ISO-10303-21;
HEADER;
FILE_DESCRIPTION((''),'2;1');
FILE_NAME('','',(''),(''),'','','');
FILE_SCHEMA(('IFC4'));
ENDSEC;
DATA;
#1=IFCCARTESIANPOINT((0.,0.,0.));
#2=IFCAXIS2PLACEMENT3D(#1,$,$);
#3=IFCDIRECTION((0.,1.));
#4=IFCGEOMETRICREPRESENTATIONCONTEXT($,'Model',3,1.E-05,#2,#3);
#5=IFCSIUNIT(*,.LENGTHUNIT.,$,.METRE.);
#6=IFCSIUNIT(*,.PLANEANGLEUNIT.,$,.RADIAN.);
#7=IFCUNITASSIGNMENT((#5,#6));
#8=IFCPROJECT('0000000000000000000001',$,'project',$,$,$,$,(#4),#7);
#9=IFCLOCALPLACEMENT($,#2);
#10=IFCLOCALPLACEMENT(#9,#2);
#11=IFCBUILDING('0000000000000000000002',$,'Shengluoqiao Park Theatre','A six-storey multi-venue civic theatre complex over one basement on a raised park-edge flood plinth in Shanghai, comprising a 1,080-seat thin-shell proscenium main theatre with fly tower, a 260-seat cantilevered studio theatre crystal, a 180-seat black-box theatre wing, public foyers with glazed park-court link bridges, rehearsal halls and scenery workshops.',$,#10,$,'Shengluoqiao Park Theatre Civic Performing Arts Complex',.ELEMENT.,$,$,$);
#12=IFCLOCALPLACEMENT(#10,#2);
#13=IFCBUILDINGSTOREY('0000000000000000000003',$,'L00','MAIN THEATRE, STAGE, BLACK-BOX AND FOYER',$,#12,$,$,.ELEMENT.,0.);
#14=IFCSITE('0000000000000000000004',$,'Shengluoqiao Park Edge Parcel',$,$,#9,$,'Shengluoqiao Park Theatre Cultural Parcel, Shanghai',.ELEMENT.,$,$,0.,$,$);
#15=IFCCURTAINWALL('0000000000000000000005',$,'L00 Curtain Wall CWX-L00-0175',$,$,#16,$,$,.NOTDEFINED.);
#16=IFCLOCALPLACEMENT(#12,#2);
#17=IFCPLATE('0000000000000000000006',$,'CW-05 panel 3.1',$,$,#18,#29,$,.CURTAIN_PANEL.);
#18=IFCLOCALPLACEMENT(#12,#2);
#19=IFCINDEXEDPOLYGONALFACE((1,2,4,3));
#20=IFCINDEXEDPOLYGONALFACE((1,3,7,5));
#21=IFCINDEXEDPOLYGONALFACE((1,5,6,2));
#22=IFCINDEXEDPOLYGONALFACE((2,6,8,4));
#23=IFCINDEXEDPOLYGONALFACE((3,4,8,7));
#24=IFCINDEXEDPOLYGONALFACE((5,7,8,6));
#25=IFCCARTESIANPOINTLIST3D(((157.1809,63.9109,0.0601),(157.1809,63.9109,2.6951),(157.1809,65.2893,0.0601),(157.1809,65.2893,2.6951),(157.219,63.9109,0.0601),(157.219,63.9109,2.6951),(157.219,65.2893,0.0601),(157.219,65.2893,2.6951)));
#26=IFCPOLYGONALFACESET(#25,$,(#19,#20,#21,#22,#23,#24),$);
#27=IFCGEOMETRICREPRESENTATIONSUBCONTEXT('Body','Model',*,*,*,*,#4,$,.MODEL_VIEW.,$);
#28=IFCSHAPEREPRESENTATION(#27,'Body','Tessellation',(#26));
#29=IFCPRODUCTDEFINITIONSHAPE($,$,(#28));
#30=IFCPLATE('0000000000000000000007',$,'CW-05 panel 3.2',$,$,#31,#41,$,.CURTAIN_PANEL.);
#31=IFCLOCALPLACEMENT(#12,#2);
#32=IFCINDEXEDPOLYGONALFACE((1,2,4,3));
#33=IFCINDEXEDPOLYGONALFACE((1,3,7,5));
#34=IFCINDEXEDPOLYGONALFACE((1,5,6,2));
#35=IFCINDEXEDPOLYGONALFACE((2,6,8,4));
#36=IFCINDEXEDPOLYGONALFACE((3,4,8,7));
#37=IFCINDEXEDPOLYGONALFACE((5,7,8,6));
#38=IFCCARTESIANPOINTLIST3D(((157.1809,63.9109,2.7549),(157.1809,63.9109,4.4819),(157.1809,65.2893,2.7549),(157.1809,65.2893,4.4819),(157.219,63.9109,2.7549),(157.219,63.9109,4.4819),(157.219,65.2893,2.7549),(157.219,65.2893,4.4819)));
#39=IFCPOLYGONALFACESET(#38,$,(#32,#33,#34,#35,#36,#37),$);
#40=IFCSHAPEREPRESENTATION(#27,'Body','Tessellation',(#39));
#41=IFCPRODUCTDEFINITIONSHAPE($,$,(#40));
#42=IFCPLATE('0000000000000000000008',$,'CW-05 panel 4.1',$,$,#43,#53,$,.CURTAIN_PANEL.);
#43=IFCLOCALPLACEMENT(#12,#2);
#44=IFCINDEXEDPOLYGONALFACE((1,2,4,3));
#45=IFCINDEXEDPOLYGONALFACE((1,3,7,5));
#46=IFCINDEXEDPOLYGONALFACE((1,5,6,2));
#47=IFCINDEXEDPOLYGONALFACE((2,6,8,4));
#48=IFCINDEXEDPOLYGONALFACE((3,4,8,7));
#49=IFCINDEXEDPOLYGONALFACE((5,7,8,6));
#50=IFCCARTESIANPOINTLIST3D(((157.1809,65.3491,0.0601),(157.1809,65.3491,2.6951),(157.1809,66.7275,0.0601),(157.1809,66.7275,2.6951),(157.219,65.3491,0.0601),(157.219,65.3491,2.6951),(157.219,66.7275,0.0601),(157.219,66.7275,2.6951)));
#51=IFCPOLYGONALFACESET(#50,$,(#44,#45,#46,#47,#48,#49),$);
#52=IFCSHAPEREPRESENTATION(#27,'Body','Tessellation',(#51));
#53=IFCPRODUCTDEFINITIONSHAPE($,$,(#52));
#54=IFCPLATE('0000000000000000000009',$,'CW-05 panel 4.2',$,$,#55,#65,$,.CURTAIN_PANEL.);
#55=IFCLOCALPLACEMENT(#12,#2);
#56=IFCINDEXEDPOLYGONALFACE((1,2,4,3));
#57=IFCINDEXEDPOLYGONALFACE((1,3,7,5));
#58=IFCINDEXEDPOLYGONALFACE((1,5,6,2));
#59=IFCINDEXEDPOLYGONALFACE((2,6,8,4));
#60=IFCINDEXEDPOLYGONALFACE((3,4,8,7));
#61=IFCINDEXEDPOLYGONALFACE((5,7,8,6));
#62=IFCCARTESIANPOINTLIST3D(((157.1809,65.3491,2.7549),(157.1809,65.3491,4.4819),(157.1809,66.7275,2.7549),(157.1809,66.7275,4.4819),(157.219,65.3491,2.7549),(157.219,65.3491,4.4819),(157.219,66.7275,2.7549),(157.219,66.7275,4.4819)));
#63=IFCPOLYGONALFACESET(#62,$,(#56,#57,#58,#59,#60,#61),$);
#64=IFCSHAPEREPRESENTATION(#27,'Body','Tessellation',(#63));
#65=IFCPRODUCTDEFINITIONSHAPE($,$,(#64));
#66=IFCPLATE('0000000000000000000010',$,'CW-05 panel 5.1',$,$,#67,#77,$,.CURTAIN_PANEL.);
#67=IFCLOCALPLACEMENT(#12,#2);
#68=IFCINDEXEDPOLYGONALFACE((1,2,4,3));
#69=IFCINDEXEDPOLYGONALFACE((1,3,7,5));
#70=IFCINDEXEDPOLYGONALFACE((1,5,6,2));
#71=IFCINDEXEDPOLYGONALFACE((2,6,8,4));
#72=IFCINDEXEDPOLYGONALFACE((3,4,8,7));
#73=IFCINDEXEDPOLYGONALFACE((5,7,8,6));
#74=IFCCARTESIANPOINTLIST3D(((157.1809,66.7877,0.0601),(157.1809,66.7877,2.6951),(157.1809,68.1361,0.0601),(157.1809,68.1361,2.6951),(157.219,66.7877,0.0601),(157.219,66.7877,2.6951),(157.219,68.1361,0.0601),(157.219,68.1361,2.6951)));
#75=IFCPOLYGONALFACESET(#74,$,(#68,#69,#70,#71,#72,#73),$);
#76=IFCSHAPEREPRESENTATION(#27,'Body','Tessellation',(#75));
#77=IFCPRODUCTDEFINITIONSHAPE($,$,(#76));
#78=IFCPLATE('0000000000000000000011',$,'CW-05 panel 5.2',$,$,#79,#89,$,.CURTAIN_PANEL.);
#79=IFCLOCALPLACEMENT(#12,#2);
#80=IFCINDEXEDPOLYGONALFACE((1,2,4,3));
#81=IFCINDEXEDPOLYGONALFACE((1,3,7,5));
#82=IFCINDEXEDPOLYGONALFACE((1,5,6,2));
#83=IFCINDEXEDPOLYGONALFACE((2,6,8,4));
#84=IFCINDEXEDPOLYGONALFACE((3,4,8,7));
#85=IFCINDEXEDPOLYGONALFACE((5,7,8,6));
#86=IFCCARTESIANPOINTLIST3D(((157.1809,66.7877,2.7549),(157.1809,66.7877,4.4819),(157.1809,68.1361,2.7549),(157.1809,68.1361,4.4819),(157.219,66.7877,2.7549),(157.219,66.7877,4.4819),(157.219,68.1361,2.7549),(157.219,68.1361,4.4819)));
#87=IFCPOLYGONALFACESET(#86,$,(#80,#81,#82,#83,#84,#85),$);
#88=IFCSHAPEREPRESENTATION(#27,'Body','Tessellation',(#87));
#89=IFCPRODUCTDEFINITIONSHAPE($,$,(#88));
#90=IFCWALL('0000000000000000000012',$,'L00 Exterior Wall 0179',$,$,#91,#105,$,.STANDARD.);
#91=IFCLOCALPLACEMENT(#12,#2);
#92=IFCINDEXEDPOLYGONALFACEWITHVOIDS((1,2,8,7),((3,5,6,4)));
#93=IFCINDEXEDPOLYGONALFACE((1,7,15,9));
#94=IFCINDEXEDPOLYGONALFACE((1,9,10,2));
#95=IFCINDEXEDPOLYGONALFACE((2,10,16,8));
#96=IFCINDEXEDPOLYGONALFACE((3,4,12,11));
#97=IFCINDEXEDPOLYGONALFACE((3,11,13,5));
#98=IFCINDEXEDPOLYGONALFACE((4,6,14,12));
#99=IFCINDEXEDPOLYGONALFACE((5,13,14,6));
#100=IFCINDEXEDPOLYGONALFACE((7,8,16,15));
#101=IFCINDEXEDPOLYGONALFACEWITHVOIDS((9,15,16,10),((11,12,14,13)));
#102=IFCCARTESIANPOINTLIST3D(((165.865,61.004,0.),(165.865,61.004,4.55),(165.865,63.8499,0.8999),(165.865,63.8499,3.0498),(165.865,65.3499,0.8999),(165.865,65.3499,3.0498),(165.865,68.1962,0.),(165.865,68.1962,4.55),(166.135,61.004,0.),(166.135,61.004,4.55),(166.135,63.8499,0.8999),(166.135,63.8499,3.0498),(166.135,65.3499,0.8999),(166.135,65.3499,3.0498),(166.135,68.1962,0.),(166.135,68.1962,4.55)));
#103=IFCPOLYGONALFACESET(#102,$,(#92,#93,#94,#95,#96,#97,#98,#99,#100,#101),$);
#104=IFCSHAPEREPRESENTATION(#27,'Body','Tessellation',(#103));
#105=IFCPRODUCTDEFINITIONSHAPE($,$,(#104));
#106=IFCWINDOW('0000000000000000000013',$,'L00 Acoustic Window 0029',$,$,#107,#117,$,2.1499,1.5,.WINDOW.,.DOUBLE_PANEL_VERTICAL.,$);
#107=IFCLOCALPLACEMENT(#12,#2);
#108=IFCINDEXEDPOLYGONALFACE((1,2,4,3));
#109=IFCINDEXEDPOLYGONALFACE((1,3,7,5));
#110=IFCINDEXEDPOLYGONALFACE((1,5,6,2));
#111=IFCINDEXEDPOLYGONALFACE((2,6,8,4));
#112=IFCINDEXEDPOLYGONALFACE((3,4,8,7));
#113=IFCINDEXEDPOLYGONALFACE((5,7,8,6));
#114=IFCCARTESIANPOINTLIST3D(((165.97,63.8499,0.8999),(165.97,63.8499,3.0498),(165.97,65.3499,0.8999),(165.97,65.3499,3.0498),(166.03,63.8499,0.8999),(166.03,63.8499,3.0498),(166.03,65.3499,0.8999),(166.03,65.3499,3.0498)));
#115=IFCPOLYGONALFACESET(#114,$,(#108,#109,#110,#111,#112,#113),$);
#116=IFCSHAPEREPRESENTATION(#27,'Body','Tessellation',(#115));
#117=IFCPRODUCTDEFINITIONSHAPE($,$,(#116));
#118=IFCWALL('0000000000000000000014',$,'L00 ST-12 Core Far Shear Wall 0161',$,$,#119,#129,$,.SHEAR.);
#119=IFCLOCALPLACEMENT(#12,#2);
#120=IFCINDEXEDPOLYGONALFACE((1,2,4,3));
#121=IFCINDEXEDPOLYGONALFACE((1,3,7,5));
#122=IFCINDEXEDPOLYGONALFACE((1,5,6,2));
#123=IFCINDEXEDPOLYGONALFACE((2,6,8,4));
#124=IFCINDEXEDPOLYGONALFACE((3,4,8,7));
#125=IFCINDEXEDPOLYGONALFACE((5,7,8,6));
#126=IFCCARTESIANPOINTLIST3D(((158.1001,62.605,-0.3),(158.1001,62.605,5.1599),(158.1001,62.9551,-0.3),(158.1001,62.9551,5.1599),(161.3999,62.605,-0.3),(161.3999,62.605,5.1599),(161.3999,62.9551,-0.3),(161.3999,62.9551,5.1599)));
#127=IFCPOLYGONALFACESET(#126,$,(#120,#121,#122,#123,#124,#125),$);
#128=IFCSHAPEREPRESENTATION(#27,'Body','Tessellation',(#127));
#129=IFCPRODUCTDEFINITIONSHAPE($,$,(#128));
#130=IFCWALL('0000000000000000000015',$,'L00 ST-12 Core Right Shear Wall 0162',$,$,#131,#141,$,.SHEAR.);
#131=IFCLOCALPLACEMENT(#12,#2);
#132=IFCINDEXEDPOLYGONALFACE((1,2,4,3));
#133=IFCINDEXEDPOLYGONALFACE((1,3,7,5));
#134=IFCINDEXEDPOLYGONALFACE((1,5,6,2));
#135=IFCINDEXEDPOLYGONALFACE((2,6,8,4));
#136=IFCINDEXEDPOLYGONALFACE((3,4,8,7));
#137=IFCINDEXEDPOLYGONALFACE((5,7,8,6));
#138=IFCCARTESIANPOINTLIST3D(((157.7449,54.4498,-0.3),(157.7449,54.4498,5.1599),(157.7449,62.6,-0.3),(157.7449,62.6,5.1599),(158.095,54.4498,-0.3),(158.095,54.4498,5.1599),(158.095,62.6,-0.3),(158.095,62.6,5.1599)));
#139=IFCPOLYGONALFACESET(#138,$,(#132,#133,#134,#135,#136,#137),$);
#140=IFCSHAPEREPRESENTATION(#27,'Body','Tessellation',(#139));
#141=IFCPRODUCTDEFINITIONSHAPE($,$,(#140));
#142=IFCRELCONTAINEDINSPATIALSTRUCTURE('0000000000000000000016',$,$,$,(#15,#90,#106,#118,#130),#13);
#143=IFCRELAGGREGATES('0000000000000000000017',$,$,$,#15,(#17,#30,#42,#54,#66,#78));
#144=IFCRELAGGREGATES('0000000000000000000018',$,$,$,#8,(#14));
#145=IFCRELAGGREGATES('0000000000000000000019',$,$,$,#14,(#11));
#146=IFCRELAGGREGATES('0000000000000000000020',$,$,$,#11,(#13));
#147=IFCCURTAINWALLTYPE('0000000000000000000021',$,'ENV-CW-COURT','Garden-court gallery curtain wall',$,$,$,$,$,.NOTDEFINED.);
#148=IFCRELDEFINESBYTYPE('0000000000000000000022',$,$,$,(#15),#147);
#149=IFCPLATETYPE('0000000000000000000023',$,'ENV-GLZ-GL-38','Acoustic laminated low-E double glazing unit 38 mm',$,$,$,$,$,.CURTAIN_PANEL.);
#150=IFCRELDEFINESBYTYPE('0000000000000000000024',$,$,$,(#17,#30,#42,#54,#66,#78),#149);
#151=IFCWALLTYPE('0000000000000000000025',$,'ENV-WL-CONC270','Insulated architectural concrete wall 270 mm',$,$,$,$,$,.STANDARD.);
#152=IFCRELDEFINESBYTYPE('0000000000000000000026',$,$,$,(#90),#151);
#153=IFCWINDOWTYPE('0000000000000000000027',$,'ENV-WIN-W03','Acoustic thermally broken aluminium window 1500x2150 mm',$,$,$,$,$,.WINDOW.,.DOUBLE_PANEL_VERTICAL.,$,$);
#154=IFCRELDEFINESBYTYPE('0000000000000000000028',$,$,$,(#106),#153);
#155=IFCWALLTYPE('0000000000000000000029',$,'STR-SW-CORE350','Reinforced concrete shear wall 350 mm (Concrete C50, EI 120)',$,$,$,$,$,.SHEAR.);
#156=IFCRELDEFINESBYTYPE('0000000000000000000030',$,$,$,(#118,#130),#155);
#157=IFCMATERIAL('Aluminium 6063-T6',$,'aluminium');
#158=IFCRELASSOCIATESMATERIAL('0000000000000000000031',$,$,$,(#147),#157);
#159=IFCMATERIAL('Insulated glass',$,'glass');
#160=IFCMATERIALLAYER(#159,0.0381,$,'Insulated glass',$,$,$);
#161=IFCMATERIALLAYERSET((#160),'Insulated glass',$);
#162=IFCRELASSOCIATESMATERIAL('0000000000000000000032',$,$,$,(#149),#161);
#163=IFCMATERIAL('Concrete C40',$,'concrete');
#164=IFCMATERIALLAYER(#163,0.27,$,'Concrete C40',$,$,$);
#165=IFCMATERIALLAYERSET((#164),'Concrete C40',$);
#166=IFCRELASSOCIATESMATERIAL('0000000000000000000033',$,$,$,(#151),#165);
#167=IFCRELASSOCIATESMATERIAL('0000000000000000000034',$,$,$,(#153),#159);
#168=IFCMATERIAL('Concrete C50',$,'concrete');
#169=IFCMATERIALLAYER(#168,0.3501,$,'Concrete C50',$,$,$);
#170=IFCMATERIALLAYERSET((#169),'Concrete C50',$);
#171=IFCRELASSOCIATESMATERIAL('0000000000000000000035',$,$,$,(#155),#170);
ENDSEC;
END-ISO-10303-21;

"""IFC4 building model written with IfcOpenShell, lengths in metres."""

from ifc_helpers import new_model, si_unit, direction, frame, frame_2d, origin, origin_2d, place, context, subcontext, project, spatial, rectangle, extrude, material, layer, layer_set, type_object, element, fill, aggregate, save


model = new_model("IFC4")

# Units and contexts
model_context = context("Model", 3, precision=1e-05, world=origin(), true_north=direction((0.0, 1.0)))
body_context = subcontext(model_context, "Body", "Model", "MODEL_VIEW")
ifc_project = project(units=[si_unit("LENGTHUNIT", "METRE"), si_unit("PLANEANGLEUNIT", "RADIAN")], contexts=[model_context])

# Site, building, storey
site_placement = place(None, origin())
site = spatial("IfcSite", under=ifc_project, at=site_placement, Name="Shengluoqiao Park Edge Parcel", LongName="Shengluoqiao Park Theatre Cultural Parcel, Shanghai", CompositionType="ELEMENT", RefElevation=0.0)
building_placement = place(site_placement, origin())
building = spatial("IfcBuilding", under=site, at=building_placement, Name="Shengluoqiao Park Theatre", Description="A six-storey multi-venue civic theatre complex over one basement on a raised park-edge flood plinth in Shanghai, comprising a 1,080-seat thin-shell proscenium main theatre with fly tower, a 260-seat cantilevered studio theatre crystal, a 180-seat black-box theatre wing, public foyers with glazed park-court link bridges, rehearsal halls and scenery workshops.", LongName="Shengluoqiao Park Theatre Civic Performing Arts Complex", CompositionType="ELEMENT")
storey_placement = place(building_placement, origin())
storey = spatial("IfcBuildingStorey", under=building, at=storey_placement, Name="L00", Description="MAIN THEATRE, STAGE, BLACK-BOX AND FOYER", CompositionType="ELEMENT", Elevation=0.0)

# Shared definitions
ifc_material_1 = material(Name="Concrete C40", Category="concrete")

# Curtain wall, plates
ifc_material_2 = material(Name="Aluminium 6063-T6", Category="aluminium")
curtain_wall_type = type_object("IfcCurtainWallType", Name="ENV-CW-COURT", Description="Garden-court gallery curtain wall", PredefinedType="NOTDEFINED", material=ifc_material_2)
curtain_wall_placement = place(storey_placement, origin())
curtain_wall = element("IfcCurtainWall", 1, at=curtain_wall_placement, inside=storey, type_object=curtain_wall_type, Name="L00 Curtain Wall CWX-L00-0175", PredefinedType="NOTDEFINED")
ifc_material_3 = material(Name="Insulated glass", Category="glass")
ifc_layer_1 = layer(ifc_material_3, 0.0381, Name="Insulated glass")
ifc_layer_set_1 = layer_set([ifc_layer_1], Name="Insulated glass")
plate_type = type_object("IfcPlateType", Name="ENV-GLZ-GL-38", Description="Acoustic laminated low-E double glazing unit 38 mm", PredefinedType="CURTAIN_PANEL", material=ifc_layer_set_1)
plate_1_placement = place(storey_placement, frame((157.2, 64.6001, 0.0601), z_axis=(0.0, 0.0, 1.0), x_axis=(0.0, 1.0, 0.0)))
plate_1 = element("IfcPlate", 2, at=plate_1_placement, type_object=plate_type, Name="CW-05 panel 3.1", PredefinedType="CURTAIN_PANEL", context=body_context, shape_type="SweptSolid", body=[
    extrude(rectangle(XDim=1.3784, YDim=0.0381, at=origin_2d()), origin(), (0.0, 0.0, 1.0), 2.635),
])
plate_2_placement = place(storey_placement, frame((157.2, 64.6001, 2.7549), z_axis=(0.0, 0.0, 1.0), x_axis=(0.0, 1.0, 0.0)))
plate_2 = element("IfcPlate", 3, at=plate_2_placement, type_object=plate_type, Name="CW-05 panel 3.2", PredefinedType="CURTAIN_PANEL", context=body_context, shape_type="SweptSolid", body=[
    extrude(rectangle(XDim=1.3784, YDim=0.0381, at=origin_2d()), origin(), (0.0, 0.0, 1.0), 1.7271),
])
plate_3_placement = place(storey_placement, frame((157.2, 66.0383, 0.0601), z_axis=(0.0, 0.0, 1.0), x_axis=(0.0, 1.0, 0.0)))
plate_3 = element("IfcPlate", 4, at=plate_3_placement, type_object=plate_type, Name="CW-05 panel 4.1", PredefinedType="CURTAIN_PANEL", context=body_context, shape_type="SweptSolid", body=[
    extrude(rectangle(XDim=1.3784, YDim=0.0381, at=origin_2d()), origin(), (0.0, 0.0, 1.0), 2.635),
])
plate_4_placement = place(storey_placement, frame((157.2, 66.0383, 2.7549), z_axis=(0.0, 0.0, 1.0), x_axis=(0.0, 1.0, 0.0)))
plate_4 = element("IfcPlate", 5, at=plate_4_placement, type_object=plate_type, Name="CW-05 panel 4.2", PredefinedType="CURTAIN_PANEL", context=body_context, shape_type="SweptSolid", body=[
    extrude(rectangle(XDim=1.3784, YDim=0.0381, at=origin_2d()), origin(), (0.0, 0.0, 1.0), 1.7271),
])
plate_5_placement = place(storey_placement, frame((157.2, 67.4619, 0.0601), z_axis=(0.0, 0.0, 1.0), x_axis=(0.0, 1.0, 0.0)))
plate_5 = element("IfcPlate", 6, at=plate_5_placement, type_object=plate_type, Name="CW-05 panel 5.1", PredefinedType="CURTAIN_PANEL", context=body_context, shape_type="SweptSolid", body=[
    extrude(rectangle(XDim=1.3484, YDim=0.0381, at=origin_2d()), origin(), (0.0, 0.0, 1.0), 2.635),
])
plate_6_placement = place(storey_placement, frame((157.2, 67.4619, 2.7549), z_axis=(0.0, 0.0, 1.0), x_axis=(0.0, 1.0, 0.0)))
plate_6 = element("IfcPlate", 7, at=plate_6_placement, type_object=plate_type, Name="CW-05 panel 5.2", PredefinedType="CURTAIN_PANEL", context=body_context, shape_type="SweptSolid", body=[
    extrude(rectangle(XDim=1.3484, YDim=0.0381, at=origin_2d()), origin(), (0.0, 0.0, 1.0), 1.7271),
])
aggregate(curtain_wall, [plate_1, plate_2, plate_3, plate_4, plate_5, plate_6])

# Wall, opening, window
ifc_layer_2 = layer(ifc_material_1, 0.27, Name="Concrete C40")
ifc_layer_set_2 = layer_set([ifc_layer_2], Name="Concrete C40")
wall_type_1 = type_object("IfcWallType", Name="ENV-WL-CONC270", Description="Insulated architectural concrete wall 270 mm", PredefinedType="STANDARD", material=ifc_layer_set_2)
wall_1_placement = place(storey_placement, frame((166.0, 61.0039, 0.0), z_axis=(0.0, 0.0, 1.0), x_axis=(0.0, 1.0, 0.0)))
wall_1 = element("IfcWall", 8, at=wall_1_placement, inside=storey, type_object=wall_type_1, Name="L00 Exterior Wall 0179", PredefinedType="STANDARD", context=body_context, shape_type="SweptSolid", body=[
    extrude(rectangle(XDim=7.1921, YDim=0.27, at=frame_2d((3.5962, 0.0))), origin(), (0.0, 0.0, 1.0), 4.55),
])
opening_placement = place(wall_1_placement, frame((2.8459, 0.0, 0.8999)))
opening = element("IfcOpeningElement", 9, at=opening_placement, cuts=wall_1, PredefinedType="OPENING", context=body_context, shape_type="SweptSolid", body=[
    extrude(rectangle(XDim=1.5, YDim=2.1499, at=frame_2d((0.75, 1.075))), frame((0.0, 0.145, 0.0), z_axis=(0.0, -1.0, 0.0), x_axis=(1.0, 0.0, 0.0)), (0.0, 0.0, 1.0), 0.29),
])
window_type = type_object("IfcWindowType", Name="ENV-WIN-W03", Description="Acoustic thermally broken aluminium window 1500x2150 mm", PartitioningType="DOUBLE_PANEL_VERTICAL", PredefinedType="WINDOW", material=ifc_material_3)
window_placement = place(opening_placement, origin())
window = element("IfcWindow", 10, at=window_placement, inside=storey, type_object=window_type, Name="L00 Acoustic Window 0029", OverallHeight=2.1499, OverallWidth=1.5, PartitioningType="DOUBLE_PANEL_VERTICAL", PredefinedType="WINDOW", context=body_context, shape_type="SweptSolid", body=[
    extrude(rectangle(XDim=1.5, YDim=2.1499, at=frame_2d((0.75, 1.075))), frame((0.0, 0.03, 0.0), z_axis=(0.0, -1.0, 0.0), x_axis=(1.0, 0.0, 0.0)), (0.0, 0.0, 1.0), 0.0601),
])
fill(opening, window)

# Walls
ifc_material_4 = material(Name="Concrete C50", Category="concrete")
ifc_layer_3 = layer(ifc_material_4, 0.3501, Name="Concrete C50")
ifc_layer_set_3 = layer_set([ifc_layer_3], Name="Concrete C50")
wall_type_2 = type_object("IfcWallType", Name="STR-SW-CORE350", Description="Reinforced concrete shear wall 350 mm (Concrete C50, EI 120)", PredefinedType="SHEAR", material=ifc_layer_set_3)
wall_2_placement = place(storey_placement, frame((161.3999, 62.78, -0.3), z_axis=(0.0, 0.0, 1.0), x_axis=(-1.0, 0.0, 0.0)))
element("IfcWall", 11, at=wall_2_placement, inside=storey, type_object=wall_type_2, Name="L00 ST-12 Core Far Shear Wall 0161", PredefinedType="SHEAR", context=body_context, shape_type="SweptSolid", body=[
    extrude(rectangle(XDim=3.2998, YDim=0.3501, at=frame_2d((1.6499, 0.0))), origin(), (0.0, 0.0, 1.0), 5.46),
])
wall_3_placement = place(storey_placement, frame((157.9199, 62.6001, -0.3), z_axis=(0.0, 0.0, 1.0), x_axis=(0.0, -1.0, 0.0)))
element("IfcWall", 12, at=wall_3_placement, inside=storey, type_object=wall_type_2, Name="L00 ST-12 Core Right Shear Wall 0162", PredefinedType="SHEAR", context=body_context, shape_type="SweptSolid", body=[
    extrude(rectangle(XDim=8.1501, YDim=0.3501, at=frame_2d((4.0752, 0.0))), origin(), (0.0, 0.0, 1.0), 5.46),
])

save(model, "model.ifc")
